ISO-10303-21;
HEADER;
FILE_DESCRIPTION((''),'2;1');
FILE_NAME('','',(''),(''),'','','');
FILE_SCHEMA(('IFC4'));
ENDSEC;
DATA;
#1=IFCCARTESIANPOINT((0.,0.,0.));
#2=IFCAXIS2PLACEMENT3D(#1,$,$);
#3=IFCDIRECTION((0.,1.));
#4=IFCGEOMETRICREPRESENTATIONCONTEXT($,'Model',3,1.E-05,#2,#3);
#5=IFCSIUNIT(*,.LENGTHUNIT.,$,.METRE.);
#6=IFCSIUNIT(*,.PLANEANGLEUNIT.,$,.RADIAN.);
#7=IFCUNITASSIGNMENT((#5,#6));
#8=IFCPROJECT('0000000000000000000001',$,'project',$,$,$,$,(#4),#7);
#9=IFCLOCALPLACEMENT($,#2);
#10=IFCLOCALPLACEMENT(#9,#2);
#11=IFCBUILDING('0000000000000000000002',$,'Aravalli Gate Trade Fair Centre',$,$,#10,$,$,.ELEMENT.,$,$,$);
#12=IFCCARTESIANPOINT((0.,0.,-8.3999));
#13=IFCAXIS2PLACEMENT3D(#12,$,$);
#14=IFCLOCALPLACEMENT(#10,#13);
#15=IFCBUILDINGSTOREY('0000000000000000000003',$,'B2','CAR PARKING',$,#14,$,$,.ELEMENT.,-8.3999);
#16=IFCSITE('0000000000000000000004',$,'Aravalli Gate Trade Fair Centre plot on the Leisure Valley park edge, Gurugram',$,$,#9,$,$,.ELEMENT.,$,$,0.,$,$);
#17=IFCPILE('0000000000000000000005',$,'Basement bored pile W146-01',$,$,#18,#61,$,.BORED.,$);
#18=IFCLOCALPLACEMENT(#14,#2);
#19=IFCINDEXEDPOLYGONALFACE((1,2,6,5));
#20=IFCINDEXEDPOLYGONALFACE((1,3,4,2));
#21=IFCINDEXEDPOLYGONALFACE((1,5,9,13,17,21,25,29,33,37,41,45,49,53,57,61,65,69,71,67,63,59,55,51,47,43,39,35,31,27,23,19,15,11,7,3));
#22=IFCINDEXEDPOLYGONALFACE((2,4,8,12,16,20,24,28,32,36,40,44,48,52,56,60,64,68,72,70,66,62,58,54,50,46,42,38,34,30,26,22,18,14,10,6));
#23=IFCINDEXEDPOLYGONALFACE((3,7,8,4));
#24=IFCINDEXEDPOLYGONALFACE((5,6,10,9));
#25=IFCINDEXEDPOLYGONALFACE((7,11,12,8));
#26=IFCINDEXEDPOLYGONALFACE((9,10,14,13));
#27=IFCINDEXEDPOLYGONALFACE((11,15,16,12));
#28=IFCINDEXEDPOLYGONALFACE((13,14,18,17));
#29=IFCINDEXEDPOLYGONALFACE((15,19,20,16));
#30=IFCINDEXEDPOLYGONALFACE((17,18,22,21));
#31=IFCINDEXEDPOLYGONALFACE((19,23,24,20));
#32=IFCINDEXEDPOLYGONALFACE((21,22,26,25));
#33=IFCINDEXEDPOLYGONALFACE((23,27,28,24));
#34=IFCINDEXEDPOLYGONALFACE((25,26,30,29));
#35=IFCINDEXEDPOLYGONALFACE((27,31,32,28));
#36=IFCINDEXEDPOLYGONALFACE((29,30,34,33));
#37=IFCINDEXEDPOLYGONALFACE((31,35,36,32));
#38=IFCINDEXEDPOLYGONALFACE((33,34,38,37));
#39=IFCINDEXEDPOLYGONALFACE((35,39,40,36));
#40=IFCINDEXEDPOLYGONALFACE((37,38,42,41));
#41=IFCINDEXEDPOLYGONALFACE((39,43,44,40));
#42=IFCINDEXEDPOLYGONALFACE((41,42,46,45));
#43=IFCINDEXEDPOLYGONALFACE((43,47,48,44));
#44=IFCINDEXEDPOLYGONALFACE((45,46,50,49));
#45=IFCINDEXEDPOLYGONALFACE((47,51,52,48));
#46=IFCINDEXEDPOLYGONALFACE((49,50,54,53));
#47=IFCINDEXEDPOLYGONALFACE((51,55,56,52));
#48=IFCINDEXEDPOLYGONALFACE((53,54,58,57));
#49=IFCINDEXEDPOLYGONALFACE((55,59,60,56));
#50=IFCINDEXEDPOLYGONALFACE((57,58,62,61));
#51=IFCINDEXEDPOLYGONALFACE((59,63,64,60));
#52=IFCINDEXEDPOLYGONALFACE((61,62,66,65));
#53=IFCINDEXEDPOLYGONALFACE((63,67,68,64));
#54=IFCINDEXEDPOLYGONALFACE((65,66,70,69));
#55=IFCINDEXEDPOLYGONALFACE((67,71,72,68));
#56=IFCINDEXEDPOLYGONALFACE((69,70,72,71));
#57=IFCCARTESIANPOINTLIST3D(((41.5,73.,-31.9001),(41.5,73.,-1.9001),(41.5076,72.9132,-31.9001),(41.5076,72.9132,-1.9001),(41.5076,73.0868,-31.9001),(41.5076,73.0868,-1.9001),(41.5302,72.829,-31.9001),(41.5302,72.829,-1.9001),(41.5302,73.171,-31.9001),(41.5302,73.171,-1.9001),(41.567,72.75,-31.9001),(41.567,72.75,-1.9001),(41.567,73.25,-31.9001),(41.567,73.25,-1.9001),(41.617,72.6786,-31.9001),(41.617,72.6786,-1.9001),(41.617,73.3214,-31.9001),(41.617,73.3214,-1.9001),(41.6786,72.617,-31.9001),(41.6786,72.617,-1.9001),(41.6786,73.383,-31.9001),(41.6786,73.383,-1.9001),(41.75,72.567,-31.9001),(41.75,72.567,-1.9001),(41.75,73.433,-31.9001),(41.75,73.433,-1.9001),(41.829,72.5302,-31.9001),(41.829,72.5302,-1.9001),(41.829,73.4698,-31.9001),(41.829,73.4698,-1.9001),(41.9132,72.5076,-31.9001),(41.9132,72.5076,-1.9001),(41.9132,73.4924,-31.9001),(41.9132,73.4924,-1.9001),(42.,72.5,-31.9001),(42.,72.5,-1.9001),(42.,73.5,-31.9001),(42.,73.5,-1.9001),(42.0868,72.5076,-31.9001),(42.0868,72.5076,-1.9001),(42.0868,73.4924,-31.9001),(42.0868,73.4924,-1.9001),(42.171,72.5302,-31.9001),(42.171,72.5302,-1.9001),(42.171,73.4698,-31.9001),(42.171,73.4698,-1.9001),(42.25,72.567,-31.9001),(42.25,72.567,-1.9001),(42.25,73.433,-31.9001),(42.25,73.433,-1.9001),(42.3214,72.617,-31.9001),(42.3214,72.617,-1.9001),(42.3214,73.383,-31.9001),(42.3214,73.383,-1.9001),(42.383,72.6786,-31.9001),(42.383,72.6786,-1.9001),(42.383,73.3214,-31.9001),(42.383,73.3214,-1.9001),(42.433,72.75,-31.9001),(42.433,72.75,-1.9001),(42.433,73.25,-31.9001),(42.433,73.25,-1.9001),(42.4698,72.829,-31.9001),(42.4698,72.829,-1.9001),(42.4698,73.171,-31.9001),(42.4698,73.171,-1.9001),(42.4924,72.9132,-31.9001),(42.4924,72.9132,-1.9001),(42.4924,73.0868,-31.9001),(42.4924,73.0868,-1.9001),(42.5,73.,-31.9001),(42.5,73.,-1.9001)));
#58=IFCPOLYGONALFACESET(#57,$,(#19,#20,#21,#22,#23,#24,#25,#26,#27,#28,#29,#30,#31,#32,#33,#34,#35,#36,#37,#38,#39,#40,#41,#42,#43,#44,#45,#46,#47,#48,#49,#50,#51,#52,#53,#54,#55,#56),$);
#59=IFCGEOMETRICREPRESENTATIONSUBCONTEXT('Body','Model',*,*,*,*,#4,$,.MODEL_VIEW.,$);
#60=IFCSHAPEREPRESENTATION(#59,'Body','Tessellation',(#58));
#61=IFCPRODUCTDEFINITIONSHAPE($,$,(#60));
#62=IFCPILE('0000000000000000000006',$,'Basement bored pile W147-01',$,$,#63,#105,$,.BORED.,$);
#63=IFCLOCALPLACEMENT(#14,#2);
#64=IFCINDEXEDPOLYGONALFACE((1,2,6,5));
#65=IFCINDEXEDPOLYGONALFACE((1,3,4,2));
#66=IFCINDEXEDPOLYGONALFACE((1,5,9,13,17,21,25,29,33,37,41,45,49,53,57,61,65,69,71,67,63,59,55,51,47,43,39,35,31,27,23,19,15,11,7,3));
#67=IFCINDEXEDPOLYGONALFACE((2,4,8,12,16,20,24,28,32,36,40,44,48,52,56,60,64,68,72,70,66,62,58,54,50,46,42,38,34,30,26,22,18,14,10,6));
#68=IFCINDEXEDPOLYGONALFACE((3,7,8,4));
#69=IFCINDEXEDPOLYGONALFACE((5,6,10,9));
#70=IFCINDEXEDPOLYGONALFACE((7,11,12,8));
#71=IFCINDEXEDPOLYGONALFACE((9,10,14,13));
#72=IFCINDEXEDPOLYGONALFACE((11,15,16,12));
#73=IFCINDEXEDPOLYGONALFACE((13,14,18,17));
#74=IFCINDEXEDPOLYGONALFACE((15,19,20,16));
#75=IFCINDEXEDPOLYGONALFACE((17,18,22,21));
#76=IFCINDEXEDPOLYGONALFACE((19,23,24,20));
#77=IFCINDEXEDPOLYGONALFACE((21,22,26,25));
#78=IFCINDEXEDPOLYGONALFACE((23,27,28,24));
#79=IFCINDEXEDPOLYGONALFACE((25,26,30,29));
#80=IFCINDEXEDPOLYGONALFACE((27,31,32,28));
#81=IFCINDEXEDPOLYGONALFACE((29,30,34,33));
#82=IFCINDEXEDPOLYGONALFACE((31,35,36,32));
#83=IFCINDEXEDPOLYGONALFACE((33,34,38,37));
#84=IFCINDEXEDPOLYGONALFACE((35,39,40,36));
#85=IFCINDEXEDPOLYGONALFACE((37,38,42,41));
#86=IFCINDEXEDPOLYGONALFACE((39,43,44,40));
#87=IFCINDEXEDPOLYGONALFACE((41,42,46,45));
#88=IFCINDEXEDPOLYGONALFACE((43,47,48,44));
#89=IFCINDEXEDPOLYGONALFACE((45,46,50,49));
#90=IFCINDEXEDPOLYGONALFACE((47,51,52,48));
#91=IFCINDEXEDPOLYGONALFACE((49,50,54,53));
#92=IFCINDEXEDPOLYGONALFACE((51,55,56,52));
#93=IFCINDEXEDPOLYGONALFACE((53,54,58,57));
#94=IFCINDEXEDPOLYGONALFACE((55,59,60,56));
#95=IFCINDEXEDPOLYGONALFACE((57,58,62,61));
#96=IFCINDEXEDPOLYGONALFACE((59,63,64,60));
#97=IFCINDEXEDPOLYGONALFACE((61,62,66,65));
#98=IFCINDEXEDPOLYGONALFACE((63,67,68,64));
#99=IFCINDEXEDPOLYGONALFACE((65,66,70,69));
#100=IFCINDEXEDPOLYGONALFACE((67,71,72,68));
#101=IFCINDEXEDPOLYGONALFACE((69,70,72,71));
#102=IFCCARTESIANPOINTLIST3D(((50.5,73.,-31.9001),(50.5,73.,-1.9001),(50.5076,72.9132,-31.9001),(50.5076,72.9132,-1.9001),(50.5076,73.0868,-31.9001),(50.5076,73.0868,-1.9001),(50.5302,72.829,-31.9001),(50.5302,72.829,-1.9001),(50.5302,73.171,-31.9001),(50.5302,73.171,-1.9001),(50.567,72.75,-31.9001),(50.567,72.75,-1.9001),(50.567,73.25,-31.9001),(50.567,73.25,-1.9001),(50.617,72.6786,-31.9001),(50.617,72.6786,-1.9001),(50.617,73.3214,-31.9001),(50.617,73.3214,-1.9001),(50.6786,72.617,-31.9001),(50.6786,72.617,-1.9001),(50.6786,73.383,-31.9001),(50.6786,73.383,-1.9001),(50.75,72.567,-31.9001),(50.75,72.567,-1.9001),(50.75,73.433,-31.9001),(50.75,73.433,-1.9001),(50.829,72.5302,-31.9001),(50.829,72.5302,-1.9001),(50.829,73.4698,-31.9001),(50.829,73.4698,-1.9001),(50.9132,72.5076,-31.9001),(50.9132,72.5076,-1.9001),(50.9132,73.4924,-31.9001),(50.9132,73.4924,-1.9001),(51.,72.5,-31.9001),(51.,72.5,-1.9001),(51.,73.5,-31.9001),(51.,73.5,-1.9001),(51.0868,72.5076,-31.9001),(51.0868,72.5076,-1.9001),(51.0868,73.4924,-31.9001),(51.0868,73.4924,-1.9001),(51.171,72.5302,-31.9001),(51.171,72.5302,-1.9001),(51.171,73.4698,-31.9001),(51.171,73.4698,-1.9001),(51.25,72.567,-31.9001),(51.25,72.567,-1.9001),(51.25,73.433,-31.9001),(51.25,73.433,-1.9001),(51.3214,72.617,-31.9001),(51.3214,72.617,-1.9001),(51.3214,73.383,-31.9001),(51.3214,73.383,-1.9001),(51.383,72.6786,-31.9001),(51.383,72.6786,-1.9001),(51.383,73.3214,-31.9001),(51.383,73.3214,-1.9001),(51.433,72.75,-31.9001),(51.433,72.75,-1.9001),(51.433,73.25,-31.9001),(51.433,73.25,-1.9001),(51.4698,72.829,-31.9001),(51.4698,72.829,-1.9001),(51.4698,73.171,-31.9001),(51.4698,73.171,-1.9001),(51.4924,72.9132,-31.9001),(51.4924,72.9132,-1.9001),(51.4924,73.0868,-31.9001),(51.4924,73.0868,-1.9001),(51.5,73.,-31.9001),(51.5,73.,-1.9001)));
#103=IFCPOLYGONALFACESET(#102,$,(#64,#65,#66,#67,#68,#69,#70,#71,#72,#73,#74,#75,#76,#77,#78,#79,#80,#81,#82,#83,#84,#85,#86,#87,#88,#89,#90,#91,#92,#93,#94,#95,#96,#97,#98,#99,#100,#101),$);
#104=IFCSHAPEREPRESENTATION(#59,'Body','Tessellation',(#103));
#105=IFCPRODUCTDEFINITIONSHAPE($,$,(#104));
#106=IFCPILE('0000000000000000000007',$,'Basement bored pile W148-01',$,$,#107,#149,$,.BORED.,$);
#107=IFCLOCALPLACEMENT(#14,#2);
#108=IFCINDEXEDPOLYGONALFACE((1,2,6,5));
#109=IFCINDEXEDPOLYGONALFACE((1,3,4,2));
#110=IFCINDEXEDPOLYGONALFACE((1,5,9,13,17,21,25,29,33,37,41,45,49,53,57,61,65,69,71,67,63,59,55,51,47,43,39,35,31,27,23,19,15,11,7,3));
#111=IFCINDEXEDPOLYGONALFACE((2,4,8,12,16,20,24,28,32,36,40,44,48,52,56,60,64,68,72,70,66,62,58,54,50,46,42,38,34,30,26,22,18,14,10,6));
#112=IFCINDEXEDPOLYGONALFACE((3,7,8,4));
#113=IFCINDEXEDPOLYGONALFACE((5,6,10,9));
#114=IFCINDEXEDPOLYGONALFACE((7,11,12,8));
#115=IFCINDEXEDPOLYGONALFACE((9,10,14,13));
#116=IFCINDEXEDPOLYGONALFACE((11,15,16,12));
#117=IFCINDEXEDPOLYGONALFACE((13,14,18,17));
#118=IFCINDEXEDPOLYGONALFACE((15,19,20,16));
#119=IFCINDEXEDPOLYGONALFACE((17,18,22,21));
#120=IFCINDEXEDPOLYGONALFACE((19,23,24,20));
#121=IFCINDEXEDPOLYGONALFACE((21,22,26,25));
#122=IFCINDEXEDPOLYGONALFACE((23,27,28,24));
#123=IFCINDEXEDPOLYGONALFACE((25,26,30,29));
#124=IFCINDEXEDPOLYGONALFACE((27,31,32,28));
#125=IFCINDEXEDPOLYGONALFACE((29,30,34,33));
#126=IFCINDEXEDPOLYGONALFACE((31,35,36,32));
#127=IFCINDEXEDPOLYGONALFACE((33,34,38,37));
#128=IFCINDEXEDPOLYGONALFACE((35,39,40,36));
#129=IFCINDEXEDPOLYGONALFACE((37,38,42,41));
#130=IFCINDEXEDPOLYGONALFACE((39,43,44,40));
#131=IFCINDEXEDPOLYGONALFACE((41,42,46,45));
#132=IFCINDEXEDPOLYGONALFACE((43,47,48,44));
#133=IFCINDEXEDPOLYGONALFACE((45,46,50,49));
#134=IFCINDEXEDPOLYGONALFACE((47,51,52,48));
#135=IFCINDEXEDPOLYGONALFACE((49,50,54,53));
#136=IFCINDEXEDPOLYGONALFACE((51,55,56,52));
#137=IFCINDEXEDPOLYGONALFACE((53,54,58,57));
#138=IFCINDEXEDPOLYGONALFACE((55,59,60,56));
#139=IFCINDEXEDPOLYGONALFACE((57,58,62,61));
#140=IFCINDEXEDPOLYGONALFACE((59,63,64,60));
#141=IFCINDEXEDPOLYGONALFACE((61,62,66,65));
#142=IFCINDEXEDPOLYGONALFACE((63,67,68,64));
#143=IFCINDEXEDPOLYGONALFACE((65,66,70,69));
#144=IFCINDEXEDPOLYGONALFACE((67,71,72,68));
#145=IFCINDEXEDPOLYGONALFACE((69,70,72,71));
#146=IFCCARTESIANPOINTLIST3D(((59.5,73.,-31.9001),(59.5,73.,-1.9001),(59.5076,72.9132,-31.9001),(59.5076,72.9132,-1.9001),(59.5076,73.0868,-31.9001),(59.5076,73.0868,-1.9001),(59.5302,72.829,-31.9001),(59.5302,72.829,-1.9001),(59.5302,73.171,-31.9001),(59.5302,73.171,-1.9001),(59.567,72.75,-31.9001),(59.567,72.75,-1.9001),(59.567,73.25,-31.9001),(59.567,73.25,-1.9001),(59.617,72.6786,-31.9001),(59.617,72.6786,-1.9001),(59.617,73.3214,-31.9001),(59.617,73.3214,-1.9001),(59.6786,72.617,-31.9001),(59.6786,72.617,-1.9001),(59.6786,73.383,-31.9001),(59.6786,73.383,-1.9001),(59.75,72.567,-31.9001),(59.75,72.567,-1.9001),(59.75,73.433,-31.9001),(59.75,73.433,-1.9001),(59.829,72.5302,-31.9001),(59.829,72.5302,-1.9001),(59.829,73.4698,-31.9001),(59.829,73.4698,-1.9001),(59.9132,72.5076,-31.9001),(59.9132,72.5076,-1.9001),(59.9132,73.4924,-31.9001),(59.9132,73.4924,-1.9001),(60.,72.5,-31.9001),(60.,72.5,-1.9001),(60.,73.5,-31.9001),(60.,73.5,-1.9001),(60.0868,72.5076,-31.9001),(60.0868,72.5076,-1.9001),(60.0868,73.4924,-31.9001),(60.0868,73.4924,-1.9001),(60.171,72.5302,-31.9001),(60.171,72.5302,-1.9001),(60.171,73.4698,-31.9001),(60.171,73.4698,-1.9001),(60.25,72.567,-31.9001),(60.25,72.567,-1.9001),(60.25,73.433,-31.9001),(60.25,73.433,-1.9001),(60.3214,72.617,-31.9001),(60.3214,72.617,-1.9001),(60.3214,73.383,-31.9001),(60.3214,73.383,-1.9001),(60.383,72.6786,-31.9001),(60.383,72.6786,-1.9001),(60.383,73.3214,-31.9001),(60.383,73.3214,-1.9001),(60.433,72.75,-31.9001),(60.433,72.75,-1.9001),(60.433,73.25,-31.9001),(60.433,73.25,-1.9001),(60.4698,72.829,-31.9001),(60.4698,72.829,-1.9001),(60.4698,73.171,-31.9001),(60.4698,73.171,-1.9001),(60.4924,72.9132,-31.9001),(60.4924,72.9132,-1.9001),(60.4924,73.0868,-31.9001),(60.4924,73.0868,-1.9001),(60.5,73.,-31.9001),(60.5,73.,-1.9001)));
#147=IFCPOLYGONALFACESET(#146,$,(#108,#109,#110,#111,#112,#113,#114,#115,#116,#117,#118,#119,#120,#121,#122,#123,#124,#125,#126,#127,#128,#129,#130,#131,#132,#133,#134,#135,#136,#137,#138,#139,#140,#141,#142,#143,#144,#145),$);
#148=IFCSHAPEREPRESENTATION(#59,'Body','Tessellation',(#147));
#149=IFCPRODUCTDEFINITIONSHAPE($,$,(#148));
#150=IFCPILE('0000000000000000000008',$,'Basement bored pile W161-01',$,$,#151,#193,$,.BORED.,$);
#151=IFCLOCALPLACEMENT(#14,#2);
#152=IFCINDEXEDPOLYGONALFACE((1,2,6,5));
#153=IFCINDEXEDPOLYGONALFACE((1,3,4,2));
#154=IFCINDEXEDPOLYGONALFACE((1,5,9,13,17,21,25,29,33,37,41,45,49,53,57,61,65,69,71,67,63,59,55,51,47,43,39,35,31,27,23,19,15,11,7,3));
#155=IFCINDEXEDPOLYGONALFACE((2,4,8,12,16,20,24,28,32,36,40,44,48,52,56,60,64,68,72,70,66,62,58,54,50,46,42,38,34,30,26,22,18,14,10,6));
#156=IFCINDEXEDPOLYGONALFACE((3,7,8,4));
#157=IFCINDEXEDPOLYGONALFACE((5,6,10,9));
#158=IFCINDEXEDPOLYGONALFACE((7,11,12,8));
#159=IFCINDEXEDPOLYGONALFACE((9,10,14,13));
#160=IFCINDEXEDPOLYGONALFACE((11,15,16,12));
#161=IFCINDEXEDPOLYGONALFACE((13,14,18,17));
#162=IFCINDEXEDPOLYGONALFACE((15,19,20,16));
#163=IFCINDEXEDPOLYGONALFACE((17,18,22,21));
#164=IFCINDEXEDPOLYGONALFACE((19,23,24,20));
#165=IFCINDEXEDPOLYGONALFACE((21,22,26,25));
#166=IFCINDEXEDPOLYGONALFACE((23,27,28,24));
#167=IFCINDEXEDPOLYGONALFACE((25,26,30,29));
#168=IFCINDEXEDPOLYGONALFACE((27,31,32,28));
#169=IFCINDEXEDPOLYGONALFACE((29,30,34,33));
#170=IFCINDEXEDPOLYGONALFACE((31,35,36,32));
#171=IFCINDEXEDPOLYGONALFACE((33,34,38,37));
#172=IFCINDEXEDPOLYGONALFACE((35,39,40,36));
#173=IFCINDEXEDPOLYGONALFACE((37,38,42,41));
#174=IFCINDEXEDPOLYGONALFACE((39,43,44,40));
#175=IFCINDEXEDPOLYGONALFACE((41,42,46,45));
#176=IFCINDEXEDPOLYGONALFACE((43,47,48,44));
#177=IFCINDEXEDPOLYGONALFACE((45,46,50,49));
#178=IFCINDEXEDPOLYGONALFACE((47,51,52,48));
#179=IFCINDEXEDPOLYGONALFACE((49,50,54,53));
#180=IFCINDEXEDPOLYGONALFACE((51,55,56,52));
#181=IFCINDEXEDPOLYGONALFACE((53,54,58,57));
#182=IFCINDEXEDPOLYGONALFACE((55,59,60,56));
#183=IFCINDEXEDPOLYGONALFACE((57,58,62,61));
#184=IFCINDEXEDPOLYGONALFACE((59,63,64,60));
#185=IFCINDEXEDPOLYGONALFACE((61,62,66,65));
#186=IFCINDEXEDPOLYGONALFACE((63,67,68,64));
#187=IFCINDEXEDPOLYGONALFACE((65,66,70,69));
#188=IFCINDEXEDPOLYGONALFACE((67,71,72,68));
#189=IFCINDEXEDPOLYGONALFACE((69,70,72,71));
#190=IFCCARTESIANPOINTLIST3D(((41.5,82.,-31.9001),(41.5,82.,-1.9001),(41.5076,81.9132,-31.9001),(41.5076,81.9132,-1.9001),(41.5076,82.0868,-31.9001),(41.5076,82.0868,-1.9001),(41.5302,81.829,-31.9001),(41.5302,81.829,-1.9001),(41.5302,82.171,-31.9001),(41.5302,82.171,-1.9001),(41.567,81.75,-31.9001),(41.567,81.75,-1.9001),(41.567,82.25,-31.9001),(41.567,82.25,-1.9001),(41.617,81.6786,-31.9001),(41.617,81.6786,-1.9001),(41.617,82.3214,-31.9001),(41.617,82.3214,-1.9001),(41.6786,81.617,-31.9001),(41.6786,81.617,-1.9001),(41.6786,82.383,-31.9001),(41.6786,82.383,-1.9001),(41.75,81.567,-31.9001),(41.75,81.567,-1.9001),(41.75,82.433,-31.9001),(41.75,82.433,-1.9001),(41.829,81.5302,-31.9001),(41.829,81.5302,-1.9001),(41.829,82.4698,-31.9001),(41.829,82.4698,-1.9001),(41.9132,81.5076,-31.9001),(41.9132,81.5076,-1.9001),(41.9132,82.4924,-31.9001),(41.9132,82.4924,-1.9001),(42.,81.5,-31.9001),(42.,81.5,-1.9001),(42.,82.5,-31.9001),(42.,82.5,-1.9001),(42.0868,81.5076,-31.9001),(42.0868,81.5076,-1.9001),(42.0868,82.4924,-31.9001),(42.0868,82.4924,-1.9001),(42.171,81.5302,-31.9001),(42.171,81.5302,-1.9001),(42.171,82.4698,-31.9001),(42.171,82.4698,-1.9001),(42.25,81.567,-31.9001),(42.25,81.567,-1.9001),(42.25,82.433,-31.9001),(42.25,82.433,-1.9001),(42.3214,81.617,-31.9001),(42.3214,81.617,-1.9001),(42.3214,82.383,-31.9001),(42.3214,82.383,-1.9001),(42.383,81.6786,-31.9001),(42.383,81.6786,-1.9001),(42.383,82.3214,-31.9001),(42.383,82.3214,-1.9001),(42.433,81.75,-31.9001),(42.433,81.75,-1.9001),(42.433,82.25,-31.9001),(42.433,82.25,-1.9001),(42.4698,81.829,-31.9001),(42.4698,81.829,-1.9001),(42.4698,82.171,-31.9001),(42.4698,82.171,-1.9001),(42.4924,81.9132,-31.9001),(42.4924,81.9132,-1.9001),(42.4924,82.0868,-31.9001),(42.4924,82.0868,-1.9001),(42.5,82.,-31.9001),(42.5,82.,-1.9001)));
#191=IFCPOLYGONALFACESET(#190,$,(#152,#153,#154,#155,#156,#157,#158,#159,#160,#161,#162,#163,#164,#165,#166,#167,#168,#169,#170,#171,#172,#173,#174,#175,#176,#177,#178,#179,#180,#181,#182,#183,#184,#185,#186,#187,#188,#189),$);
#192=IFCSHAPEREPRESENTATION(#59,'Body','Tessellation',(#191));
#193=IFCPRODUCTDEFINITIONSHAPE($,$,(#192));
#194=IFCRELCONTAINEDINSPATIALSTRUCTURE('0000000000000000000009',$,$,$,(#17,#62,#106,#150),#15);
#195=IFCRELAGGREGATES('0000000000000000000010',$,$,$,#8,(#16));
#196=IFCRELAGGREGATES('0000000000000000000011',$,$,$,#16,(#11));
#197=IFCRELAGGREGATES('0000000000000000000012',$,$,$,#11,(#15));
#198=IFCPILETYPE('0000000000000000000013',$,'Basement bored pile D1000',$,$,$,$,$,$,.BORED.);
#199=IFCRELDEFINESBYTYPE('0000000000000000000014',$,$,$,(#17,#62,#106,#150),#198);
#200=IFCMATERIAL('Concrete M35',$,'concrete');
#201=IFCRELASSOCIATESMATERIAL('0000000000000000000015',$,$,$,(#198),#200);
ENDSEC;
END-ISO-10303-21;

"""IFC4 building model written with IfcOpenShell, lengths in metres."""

from ifc_helpers import new_model, si_unit, direction, frame, origin, origin_2d, place, context, subcontext, project, spatial, circle, extrude, material, material_profile, profile_set, type_object, element, save


model = new_model("IFC4")

# Units and contexts
model_context = context("Model", 3, precision=1e-05, world=origin(), true_north=direction((0.0, 1.0)))
body_context = subcontext(model_context, "Body", "Model", "MODEL_VIEW")
ifc_project = project(units=[si_unit("LENGTHUNIT", "METRE"), si_unit("PLANEANGLEUNIT", "RADIAN")], contexts=[model_context])

# Site, building, storey
site_placement = place(None, origin())
site = spatial("IfcSite", under=ifc_project, at=site_placement, Name="Aravalli Gate Trade Fair Centre plot on the Leisure Valley park edge, Gurugram", CompositionType="ELEMENT", RefElevation=0.0)
building_placement = place(site_placement, origin())
building = spatial("IfcBuilding", under=site, at=building_placement, Name="Aravalli Gate Trade Fair Centre", CompositionType="ELEMENT")
storey_placement = place(building_placement, frame((0.0, 0.0, -8.3999)))
storey = spatial("IfcBuildingStorey", under=building, at=storey_placement, Name="B2", Description="CAR PARKING", CompositionType="ELEMENT", Elevation=-8.3999)

# Piles
ifc_material_1 = material(Name="Concrete M35", Category="concrete")
ifc_material_profile_1 = material_profile(ifc_material_1, circle(Radius=0.5, at=origin_2d()), Name="D1000")
ifc_profile_set_1 = profile_set([ifc_material_profile_1], Name="Concrete M35")
pile_type = type_object("IfcPileType", Name="Basement bored pile D1000", PredefinedType="BORED", material=ifc_profile_set_1)
for number, where, z_axis, x_axis, name in (
    (1, (42.0, 73.0, -1.9001), (0.0, 0.0, -1.0), (1.0, 0.0, 0.0), "Basement bored pile W146-01"),
    (2, (51.0, 73.0, -1.9001), (0.0, 0.0, -1.0), (1.0, 0.0, 0.0), "Basement bored pile W147-01"),
    (3, (60.0, 73.0, -1.9001), (0.0, 0.0, -1.0), (1.0, 0.0, 0.0), "Basement bored pile W148-01"),
    (4, (42.0, 82.0, -1.9001), (0.0, 0.0, -1.0), (1.0, 0.0, 0.0), "Basement bored pile W161-01"),
):
    element("IfcPile", number, at=place(storey_placement, frame(where, z_axis=z_axis, x_axis=x_axis)), inside=storey, type_object=pile_type, Name=name, PredefinedType="BORED", context=body_context, shape_type="SweptSolid", body=[
        extrude(circle(Radius=0.5, at=origin_2d()), origin(), (0.0, 0.0, 1.0), 30.0),
    ])

save(model, "model.ifc")
